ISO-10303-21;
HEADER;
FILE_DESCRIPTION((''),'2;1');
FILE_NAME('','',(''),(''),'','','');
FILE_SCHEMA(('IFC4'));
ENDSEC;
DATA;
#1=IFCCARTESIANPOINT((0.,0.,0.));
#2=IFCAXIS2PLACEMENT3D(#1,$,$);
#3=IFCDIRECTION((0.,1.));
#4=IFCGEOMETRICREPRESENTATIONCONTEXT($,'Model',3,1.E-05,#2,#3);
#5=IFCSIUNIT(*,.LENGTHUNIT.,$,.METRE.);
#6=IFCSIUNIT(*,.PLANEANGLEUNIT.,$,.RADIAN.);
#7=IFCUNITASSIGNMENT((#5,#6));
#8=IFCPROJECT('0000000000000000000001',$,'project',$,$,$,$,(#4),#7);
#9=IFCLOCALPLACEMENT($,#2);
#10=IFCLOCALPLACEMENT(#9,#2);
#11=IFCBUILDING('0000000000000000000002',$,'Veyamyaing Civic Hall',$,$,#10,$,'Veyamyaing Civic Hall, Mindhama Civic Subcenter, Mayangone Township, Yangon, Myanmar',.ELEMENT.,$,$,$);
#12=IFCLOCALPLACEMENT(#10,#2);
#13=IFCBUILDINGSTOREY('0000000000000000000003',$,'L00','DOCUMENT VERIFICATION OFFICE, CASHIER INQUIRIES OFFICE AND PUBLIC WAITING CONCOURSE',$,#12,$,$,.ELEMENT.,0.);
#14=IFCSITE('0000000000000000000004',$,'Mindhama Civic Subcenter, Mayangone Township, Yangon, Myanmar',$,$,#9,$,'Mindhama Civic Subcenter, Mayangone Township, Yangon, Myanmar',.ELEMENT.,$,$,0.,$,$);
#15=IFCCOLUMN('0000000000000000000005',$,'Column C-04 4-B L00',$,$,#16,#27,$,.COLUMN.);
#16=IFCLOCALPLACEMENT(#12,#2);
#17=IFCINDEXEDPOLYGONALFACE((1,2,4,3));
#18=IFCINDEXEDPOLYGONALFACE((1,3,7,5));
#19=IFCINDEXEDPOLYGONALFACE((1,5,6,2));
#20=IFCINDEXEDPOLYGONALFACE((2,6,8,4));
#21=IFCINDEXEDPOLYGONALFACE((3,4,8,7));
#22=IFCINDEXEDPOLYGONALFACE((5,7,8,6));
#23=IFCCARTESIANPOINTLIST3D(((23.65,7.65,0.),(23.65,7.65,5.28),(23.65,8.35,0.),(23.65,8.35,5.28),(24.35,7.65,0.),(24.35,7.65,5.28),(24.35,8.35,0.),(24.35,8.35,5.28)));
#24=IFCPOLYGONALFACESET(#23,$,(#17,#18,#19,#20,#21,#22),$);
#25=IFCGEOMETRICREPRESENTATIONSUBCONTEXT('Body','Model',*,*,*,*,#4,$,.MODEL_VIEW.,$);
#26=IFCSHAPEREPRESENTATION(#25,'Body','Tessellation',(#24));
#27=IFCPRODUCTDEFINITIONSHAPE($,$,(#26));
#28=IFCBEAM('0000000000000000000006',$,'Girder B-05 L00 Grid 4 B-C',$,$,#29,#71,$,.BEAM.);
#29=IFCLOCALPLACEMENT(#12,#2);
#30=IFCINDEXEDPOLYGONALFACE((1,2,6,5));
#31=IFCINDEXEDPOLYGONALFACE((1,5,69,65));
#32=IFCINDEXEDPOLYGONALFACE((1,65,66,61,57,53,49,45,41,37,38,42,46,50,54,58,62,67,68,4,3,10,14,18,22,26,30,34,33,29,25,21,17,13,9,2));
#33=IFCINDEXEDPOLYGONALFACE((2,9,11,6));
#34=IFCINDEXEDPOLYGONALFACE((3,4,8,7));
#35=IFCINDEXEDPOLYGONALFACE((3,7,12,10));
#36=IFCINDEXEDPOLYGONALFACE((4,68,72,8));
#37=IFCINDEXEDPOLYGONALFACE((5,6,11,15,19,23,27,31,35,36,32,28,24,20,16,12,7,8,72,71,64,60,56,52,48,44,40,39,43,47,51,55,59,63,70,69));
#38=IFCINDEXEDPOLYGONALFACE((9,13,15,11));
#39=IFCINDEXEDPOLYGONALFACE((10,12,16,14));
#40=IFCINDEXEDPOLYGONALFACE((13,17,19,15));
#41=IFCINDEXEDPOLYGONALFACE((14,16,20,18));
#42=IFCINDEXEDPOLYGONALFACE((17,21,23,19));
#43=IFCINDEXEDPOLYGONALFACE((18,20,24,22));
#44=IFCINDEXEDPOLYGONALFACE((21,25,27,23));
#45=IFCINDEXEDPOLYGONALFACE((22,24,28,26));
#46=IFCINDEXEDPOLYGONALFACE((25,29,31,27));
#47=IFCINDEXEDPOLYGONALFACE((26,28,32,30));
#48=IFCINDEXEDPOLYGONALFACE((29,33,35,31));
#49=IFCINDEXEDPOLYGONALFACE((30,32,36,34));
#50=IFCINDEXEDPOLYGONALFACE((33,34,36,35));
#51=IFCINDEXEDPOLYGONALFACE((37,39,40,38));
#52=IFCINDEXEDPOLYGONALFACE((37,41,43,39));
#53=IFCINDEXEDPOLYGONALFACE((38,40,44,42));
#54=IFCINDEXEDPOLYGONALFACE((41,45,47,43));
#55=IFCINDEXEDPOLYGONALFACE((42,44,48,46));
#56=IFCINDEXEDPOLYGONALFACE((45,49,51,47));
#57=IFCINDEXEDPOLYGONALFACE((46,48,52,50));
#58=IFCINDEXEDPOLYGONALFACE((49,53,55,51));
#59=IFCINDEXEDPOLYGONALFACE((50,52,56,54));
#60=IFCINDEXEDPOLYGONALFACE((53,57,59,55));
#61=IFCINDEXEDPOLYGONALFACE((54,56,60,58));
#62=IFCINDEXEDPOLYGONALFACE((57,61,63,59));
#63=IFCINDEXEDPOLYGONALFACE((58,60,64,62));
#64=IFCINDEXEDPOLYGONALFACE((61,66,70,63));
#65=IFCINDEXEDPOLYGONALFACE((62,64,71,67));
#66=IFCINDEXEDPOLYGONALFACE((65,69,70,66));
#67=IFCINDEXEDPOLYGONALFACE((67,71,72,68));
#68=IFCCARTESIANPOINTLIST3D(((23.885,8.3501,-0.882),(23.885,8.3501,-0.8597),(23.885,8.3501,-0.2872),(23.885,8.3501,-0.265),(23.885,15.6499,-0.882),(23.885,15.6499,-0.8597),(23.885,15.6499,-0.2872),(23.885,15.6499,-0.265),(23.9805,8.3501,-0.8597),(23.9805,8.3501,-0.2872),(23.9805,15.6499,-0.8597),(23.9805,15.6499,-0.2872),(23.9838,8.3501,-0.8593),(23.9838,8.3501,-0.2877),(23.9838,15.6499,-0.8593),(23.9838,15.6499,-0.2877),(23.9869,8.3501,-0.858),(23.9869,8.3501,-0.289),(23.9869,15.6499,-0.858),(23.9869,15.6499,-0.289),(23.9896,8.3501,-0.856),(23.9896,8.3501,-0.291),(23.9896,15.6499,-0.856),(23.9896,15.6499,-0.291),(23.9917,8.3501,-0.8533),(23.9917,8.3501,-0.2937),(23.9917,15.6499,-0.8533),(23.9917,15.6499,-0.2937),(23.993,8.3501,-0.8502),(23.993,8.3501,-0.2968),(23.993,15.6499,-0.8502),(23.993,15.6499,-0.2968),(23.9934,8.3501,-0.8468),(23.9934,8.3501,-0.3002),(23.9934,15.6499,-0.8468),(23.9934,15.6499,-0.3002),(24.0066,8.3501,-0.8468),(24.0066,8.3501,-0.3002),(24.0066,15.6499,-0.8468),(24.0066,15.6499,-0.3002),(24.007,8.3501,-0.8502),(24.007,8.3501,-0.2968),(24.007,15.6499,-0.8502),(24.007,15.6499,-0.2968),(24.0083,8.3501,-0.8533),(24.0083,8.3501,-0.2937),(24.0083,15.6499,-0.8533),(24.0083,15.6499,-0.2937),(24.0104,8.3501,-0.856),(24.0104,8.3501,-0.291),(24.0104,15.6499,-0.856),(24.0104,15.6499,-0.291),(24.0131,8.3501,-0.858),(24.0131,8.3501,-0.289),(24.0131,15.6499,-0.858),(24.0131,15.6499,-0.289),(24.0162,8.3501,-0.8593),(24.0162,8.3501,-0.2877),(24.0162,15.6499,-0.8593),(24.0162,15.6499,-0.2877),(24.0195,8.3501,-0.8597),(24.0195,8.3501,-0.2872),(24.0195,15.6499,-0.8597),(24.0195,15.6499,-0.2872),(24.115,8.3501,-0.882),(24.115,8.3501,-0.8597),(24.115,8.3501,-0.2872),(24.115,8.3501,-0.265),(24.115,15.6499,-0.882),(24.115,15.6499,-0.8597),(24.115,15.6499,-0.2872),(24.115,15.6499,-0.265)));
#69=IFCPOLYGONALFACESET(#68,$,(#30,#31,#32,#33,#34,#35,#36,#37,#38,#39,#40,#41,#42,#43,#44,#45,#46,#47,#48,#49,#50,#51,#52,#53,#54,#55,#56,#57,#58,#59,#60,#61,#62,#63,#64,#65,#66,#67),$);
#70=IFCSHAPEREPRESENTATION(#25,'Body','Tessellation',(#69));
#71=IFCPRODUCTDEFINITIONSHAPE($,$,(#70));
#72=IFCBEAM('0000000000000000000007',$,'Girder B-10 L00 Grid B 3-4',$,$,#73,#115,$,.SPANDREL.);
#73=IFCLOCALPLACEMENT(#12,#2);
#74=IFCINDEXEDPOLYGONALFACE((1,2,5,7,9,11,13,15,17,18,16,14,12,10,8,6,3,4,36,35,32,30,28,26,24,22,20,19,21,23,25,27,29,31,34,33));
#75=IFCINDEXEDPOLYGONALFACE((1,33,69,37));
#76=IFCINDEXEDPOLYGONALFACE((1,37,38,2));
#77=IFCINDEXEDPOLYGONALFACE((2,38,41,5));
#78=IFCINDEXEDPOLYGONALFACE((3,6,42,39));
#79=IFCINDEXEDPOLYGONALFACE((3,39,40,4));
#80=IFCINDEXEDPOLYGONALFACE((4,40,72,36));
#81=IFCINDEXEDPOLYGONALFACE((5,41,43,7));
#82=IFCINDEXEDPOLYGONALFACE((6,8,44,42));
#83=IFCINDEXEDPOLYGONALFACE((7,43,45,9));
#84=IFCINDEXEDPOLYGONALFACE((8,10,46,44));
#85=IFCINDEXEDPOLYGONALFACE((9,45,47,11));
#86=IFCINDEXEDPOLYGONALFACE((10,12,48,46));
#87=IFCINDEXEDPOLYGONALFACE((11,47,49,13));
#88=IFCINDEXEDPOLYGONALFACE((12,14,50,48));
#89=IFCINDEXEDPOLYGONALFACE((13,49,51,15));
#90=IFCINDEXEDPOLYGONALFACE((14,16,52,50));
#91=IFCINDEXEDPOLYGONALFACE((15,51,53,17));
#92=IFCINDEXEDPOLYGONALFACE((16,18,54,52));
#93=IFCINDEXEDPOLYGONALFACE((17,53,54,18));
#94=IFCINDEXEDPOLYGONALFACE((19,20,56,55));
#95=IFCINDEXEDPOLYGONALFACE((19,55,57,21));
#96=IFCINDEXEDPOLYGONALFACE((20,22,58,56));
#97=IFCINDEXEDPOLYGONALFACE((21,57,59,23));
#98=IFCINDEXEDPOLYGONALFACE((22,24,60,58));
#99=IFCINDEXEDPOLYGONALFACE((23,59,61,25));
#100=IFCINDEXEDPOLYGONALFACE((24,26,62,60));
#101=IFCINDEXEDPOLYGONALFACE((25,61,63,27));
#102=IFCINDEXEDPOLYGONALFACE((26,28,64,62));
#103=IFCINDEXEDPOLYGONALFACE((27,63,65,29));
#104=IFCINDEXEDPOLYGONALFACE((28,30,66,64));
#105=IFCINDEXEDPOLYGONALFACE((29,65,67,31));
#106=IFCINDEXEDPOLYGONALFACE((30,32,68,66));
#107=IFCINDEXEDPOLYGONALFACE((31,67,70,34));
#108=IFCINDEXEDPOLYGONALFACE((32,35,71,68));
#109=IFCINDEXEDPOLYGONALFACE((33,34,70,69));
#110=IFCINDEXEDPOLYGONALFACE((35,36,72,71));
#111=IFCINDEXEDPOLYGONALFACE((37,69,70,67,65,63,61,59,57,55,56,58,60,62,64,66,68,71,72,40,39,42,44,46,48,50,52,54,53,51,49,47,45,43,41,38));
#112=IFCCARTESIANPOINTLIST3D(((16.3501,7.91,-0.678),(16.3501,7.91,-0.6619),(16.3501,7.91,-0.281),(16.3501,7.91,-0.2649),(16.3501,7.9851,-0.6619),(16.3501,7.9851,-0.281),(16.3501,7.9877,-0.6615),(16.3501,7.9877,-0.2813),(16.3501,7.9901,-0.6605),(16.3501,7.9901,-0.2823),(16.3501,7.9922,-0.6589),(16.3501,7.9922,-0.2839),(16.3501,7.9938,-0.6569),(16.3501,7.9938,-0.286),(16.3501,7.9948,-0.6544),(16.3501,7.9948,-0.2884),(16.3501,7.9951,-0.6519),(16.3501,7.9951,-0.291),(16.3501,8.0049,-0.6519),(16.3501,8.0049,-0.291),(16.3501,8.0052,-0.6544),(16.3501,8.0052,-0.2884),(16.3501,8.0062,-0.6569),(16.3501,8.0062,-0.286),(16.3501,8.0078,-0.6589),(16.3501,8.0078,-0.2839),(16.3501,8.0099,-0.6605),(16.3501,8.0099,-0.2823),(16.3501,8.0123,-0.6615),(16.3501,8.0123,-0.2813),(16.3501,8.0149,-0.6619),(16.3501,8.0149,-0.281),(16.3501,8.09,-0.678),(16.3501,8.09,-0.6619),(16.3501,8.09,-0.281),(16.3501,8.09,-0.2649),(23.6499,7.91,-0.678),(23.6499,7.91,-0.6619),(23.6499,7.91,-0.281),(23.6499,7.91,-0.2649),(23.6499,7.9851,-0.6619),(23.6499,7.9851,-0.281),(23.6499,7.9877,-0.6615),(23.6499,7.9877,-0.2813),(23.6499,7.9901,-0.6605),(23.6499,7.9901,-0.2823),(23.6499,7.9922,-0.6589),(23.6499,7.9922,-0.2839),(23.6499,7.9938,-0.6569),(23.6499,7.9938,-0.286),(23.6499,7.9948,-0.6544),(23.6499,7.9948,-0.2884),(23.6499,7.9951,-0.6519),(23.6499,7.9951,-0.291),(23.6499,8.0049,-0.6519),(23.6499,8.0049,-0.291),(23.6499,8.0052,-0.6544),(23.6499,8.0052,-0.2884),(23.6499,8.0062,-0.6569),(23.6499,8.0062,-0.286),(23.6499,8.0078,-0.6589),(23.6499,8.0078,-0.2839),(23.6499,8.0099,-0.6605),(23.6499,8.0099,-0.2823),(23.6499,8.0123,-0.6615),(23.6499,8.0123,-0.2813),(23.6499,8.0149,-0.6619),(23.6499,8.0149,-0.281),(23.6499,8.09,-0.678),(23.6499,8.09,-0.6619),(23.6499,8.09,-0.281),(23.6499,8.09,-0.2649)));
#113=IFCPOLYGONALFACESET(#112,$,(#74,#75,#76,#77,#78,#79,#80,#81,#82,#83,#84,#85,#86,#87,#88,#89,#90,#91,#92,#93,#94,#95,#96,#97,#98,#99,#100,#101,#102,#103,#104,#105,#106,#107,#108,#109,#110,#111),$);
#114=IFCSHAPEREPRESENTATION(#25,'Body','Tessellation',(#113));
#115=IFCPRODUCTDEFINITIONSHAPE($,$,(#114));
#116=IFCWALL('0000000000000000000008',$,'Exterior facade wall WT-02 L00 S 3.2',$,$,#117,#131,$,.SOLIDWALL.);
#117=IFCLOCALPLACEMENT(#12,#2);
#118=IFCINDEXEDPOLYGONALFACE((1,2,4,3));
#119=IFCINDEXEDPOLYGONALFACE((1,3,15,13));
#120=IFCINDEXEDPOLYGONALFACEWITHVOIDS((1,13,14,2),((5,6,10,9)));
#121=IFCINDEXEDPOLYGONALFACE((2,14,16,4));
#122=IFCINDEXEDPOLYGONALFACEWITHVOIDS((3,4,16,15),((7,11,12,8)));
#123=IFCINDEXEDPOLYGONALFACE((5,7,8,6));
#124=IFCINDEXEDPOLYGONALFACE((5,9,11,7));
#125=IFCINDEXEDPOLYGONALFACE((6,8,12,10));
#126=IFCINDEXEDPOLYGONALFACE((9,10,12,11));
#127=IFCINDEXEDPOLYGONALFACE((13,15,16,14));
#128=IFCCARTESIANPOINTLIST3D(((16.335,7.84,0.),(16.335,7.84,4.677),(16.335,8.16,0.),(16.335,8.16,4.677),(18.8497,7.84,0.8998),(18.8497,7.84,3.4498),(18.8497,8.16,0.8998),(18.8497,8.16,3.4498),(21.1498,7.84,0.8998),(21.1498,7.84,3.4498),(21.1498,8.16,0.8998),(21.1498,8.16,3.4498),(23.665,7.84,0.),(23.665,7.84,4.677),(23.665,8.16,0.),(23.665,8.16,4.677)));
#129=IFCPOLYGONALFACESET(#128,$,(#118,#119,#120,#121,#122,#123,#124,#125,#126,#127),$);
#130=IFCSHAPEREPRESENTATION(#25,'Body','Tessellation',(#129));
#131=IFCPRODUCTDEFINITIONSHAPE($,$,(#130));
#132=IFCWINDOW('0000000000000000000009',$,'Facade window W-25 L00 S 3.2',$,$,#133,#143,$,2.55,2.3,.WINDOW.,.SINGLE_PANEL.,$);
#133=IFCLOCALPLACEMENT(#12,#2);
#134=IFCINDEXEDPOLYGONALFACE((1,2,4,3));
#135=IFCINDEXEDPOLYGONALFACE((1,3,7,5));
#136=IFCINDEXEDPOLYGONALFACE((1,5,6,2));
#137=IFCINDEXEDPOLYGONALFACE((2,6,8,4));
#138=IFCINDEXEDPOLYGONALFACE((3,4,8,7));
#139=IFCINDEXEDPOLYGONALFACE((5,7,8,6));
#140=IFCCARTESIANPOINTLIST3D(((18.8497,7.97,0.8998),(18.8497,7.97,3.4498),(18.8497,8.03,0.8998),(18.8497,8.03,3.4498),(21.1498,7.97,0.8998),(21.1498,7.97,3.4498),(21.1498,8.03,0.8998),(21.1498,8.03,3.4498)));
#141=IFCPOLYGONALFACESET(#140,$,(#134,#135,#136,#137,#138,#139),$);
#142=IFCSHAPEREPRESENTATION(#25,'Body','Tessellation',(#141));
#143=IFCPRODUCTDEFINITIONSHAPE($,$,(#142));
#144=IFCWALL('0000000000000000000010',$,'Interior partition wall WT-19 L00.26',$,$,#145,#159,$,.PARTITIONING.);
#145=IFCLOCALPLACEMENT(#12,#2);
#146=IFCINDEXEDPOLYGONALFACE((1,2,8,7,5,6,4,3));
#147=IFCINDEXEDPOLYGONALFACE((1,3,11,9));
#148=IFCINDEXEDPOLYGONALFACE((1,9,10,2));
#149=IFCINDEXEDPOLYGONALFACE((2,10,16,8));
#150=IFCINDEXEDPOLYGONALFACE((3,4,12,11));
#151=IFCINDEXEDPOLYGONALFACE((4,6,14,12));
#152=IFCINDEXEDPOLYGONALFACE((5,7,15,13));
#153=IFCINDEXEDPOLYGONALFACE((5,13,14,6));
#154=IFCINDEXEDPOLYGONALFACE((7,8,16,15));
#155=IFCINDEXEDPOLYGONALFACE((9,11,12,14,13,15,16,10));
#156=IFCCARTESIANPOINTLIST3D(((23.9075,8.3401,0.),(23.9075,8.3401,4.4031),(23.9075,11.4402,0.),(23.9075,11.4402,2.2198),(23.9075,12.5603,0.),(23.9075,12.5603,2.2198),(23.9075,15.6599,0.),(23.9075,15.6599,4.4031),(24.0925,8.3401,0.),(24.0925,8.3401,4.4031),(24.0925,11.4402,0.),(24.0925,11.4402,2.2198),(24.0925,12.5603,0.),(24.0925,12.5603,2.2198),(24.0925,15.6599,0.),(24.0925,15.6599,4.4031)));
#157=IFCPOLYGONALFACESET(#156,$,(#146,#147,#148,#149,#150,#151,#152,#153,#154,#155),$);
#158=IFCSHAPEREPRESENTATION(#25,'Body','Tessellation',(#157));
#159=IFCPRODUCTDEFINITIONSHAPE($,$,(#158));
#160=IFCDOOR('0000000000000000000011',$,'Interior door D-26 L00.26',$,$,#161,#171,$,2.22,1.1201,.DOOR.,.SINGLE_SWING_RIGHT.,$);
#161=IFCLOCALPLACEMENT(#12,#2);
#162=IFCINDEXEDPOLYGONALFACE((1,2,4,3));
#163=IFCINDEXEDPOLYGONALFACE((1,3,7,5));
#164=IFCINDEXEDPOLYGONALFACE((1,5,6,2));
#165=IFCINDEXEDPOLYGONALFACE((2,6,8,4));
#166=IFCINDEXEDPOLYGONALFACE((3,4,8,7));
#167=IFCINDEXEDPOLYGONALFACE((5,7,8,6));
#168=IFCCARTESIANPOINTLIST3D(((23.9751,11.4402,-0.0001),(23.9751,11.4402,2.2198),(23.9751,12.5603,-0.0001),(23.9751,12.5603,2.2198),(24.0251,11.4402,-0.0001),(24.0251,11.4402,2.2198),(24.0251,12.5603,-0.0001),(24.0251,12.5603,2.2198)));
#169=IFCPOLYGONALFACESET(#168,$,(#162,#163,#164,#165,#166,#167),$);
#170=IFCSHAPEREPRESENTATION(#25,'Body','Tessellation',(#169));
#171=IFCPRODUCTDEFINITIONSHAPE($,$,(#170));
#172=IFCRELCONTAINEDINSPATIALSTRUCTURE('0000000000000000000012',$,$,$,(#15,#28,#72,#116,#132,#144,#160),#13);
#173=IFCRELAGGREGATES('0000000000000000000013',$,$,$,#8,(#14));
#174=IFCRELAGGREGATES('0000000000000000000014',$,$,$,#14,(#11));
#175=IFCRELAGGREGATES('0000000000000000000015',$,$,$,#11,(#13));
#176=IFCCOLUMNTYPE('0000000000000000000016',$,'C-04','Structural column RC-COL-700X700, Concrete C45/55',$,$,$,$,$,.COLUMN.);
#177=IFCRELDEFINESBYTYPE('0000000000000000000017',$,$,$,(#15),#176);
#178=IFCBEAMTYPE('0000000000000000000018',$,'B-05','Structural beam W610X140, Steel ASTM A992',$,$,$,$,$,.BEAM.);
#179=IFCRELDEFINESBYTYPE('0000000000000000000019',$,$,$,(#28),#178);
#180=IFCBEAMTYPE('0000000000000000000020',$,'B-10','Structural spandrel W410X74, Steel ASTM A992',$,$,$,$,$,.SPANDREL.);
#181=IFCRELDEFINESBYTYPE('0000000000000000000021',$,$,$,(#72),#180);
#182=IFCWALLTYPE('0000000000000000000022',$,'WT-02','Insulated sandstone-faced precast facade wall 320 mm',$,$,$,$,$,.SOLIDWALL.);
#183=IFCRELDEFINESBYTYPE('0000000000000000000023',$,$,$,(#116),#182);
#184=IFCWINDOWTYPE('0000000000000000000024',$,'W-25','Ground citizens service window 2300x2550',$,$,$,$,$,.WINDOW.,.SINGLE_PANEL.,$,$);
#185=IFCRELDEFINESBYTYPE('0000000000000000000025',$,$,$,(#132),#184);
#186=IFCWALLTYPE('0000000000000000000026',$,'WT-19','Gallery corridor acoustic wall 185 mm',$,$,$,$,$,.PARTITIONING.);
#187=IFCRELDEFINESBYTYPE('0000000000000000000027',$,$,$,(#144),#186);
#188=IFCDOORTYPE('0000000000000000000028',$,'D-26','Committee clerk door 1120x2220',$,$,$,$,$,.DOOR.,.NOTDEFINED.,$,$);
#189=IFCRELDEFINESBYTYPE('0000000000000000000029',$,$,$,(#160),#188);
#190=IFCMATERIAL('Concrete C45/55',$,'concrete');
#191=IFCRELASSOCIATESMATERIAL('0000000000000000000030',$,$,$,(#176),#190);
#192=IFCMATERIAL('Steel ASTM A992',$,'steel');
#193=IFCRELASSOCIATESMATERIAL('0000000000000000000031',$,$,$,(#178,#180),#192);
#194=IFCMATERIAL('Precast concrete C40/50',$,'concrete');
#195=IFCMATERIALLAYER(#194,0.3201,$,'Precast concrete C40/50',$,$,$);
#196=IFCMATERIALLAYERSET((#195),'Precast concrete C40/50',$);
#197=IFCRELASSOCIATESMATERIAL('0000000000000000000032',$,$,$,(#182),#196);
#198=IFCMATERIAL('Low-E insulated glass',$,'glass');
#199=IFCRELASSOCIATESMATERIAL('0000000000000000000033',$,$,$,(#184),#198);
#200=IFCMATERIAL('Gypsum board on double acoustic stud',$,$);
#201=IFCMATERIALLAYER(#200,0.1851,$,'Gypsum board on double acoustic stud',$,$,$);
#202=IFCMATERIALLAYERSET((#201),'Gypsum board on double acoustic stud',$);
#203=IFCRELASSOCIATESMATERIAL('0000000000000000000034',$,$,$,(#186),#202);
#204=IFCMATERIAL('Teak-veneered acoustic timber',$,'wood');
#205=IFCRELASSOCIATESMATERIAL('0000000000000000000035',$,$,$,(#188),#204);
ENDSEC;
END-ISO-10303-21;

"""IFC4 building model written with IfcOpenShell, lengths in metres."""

from ifc_helpers import new_model, si_unit, direction, frame, frame_2d, origin, origin_2d, place, context, subcontext, project, spatial, rectangle, i_section, extrude, material, layer, layer_set, material_profile, profile_set, type_object, element, fill, save


model = new_model("IFC4")

# Units and contexts
model_context = context("Model", 3, precision=1e-05, world=origin(), true_north=direction((0.0, 1.0)))
body_context = subcontext(model_context, "Body", "Model", "MODEL_VIEW")
ifc_project = project(units=[si_unit("LENGTHUNIT", "METRE"), si_unit("PLANEANGLEUNIT", "RADIAN")], contexts=[model_context])

# Site, building, storey
site_placement = place(None, origin())
site = spatial("IfcSite", under=ifc_project, at=site_placement, Name="Mindhama Civic Subcenter, Mayangone Township, Yangon, Myanmar", LongName="Mindhama Civic Subcenter, Mayangone Township, Yangon, Myanmar", CompositionType="ELEMENT", RefElevation=0.0)
building_placement = place(site_placement, origin())
building = spatial("IfcBuilding", under=site, at=building_placement, Name="Veyamyaing Civic Hall", LongName="Veyamyaing Civic Hall, Mindhama Civic Subcenter, Mayangone Township, Yangon, Myanmar", CompositionType="ELEMENT")
storey_placement = place(building_placement, origin())
storey = spatial("IfcBuildingStorey", under=building, at=storey_placement, Name="L00", Description="DOCUMENT VERIFICATION OFFICE, CASHIER INQUIRIES OFFICE AND PUBLIC WAITING CONCOURSE", CompositionType="ELEMENT", Elevation=0.0)

# Column
ifc_material_1 = material(Name="Concrete C45/55", Category="concrete")
ifc_material_profile_1 = material_profile(ifc_material_1, rectangle(XDim=0.7, YDim=0.7, at=origin_2d()), Name="RC-COL-700X700")
ifc_profile_set_1 = profile_set([ifc_material_profile_1], Name="Concrete C45/55")
column_type = type_object("IfcColumnType", Name="C-04", Description="Structural column RC-COL-700X700, Concrete C45/55", PredefinedType="COLUMN", material=ifc_profile_set_1)
column_placement = place(storey_placement, frame((24.0, 8.0, 0.0), z_axis=(0.0, 0.0, 1.0), x_axis=(1.0, 0.0, 0.0)))
element("IfcColumn", 1, at=column_placement, inside=storey, type_object=column_type, Name="Column C-04 4-B L00", PredefinedType="COLUMN", context=body_context, shape_type="SweptSolid", body=[
    extrude(rectangle(XDim=0.7, YDim=0.7, at=origin_2d()), origin(), (0.0, 0.0, 1.0), 5.28),
])

# Beams
ifc_material_2 = material(Name="Steel ASTM A992", Category="steel")
ifc_material_profile_2 = material_profile(ifc_material_2, i_section(OverallWidth=0.23, OverallDepth=0.6169, WebThickness=0.0132, FlangeThickness=0.0222, FilletRadius=0.0129, at=origin_2d()), Name="W610X140")
ifc_profile_set_2 = profile_set([ifc_material_profile_2], Name="Steel ASTM A992")
beam_type_1 = type_object("IfcBeamType", Name="B-05", Description="Structural beam W610X140, Steel ASTM A992", PredefinedType="BEAM", material=ifc_profile_set_2)
beam_1_placement = place(storey_placement, frame((24.0, 8.3501, -0.5735), z_axis=(0.0, 1.0, 0.0), x_axis=(-1.0, 0.0, 0.0)))
element("IfcBeam", 2, at=beam_1_placement, inside=storey, type_object=beam_type_1, Name="Girder B-05 L00 Grid 4 B-C", PredefinedType="BEAM", context=body_context, shape_type="SweptSolid", body=[
    extrude(i_section(OverallWidth=0.23, OverallDepth=0.6169, WebThickness=0.0132, FlangeThickness=0.0222, FilletRadius=0.0129, at=origin_2d()), origin(), (0.0, 0.0, 1.0), 7.2998),
])
ifc_material_profile_3 = material_profile(ifc_material_2, i_section(OverallWidth=0.1799, OverallDepth=0.4131, WebThickness=0.0098, FlangeThickness=0.0161, FilletRadius=0.01, at=origin_2d()), Name="W410X74")
ifc_profile_set_3 = profile_set([ifc_material_profile_3], Name="Steel ASTM A992")
beam_type_2 = type_object("IfcBeamType", Name="B-10", Description="Structural spandrel W410X74, Steel ASTM A992", PredefinedType="SPANDREL", material=ifc_profile_set_3)
beam_2_placement = place(storey_placement, frame((16.3501, 8.0, -0.4714), z_axis=(1.0, 0.0, 0.0), x_axis=(0.0, 1.0, 0.0)))
element("IfcBeam", 3, at=beam_2_placement, inside=storey, type_object=beam_type_2, Name="Girder B-10 L00 Grid B 3-4", PredefinedType="SPANDREL", context=body_context, shape_type="SweptSolid", body=[
    extrude(i_section(OverallWidth=0.1799, OverallDepth=0.4131, WebThickness=0.0098, FlangeThickness=0.0161, FilletRadius=0.01, at=origin_2d()), origin(), (0.0, 0.0, 1.0), 7.2998),
])

# Wall, opening, window
ifc_material_3 = material(Name="Precast concrete C40/50", Category="concrete")
ifc_layer_1 = layer(ifc_material_3, 0.3201, Name="Precast concrete C40/50")
ifc_layer_set_1 = layer_set([ifc_layer_1], Name="Precast concrete C40/50")
wall_type_1 = type_object("IfcWallType", Name="WT-02", Description="Insulated sandstone-faced precast facade wall 320 mm", PredefinedType="SOLIDWALL", material=ifc_layer_set_1)
wall_1_placement = place(storey_placement, frame((16.335, 8.0, 0.0), z_axis=(0.0, 0.0, 1.0), x_axis=(1.0, 0.0, 0.0)))
wall_1 = element("IfcWall", 4, at=wall_1_placement, inside=storey, type_object=wall_type_1, Name="Exterior facade wall WT-02 L00 S 3.2", PredefinedType="SOLIDWALL", context=body_context, shape_type="SweptSolid", body=[
    extrude(rectangle(XDim=7.3301, YDim=0.3201, at=frame_2d((3.665, 0.0))), origin(), (0.0, 0.0, 1.0), 4.677),
])
opening_1_placement = place(wall_1_placement, frame((2.5149, 0.0, 0.8999)))
opening_1 = element("IfcOpeningElement", 5, at=opening_1_placement, cuts=wall_1, PredefinedType="OPENING", context=body_context, shape_type="SweptSolid", body=[
    extrude(rectangle(XDim=2.3, YDim=2.55, at=frame_2d((1.1499, 1.2749))), frame((0.0, 0.1699, 0.0), z_axis=(0.0, -1.0, 0.0), x_axis=(1.0, 0.0, 0.0)), (0.0, 0.0, 1.0), 0.3401),
])
ifc_material_4 = material(Name="Low-E insulated glass", Category="glass")
window_type = type_object("IfcWindowType", Name="W-25", Description="Ground citizens service window 2300x2550", PartitioningType="SINGLE_PANEL", PredefinedType="WINDOW", material=ifc_material_4)
window_placement = place(opening_1_placement, origin())
window = element("IfcWindow", 6, at=window_placement, inside=storey, type_object=window_type, Name="Facade window W-25 L00 S 3.2", OverallHeight=2.55, OverallWidth=2.3, PartitioningType="SINGLE_PANEL", PredefinedType="WINDOW", context=body_context, shape_type="SweptSolid", body=[
    extrude(rectangle(XDim=2.3, YDim=2.55, at=frame_2d((1.1499, 1.2749))), frame((0.0, 0.03, 0.0), z_axis=(0.0, -1.0, 0.0), x_axis=(1.0, 0.0, 0.0)), (0.0, 0.0, 1.0), 0.0601),
])
fill(opening_1, window)

# Wall, opening, door
ifc_material_5 = material(Name="Gypsum board on double acoustic stud")
ifc_layer_2 = layer(ifc_material_5, 0.1851, Name="Gypsum board on double acoustic stud")
ifc_layer_set_2 = layer_set([ifc_layer_2], Name="Gypsum board on double acoustic stud")
wall_type_2 = type_object("IfcWallType", Name="WT-19", Description="Gallery corridor acoustic wall 185 mm", PredefinedType="PARTITIONING", material=ifc_layer_set_2)
wall_2_placement = place(storey_placement, frame((24.0, 8.3401, 0.0), z_axis=(0.0, 0.0, 1.0), x_axis=(0.0, 1.0, 0.0)))
wall_2 = element("IfcWall", 7, at=wall_2_placement, inside=storey, type_object=wall_type_2, Name="Interior partition wall WT-19 L00.26", PredefinedType="PARTITIONING", context=body_context, shape_type="SweptSolid", body=[
    extrude(rectangle(XDim=7.3198, YDim=0.1851, at=frame_2d((3.6599, 0.0))), origin(), (0.0, 0.0, 1.0), 4.4031),
])
opening_2_placement = place(wall_2_placement, frame((3.1001, 0.0, 0.0)))
opening_2 = element("IfcOpeningElement", 8, at=opening_2_placement, cuts=wall_2, PredefinedType="OPENING", context=body_context, shape_type="SweptSolid", body=[
    extrude(rectangle(XDim=1.1201, YDim=2.22, at=frame_2d((0.5601, 1.1099))), frame((0.0, 0.1025, 0.0), z_axis=(0.0, -1.0, 0.0), x_axis=(1.0, 0.0, 0.0)), (0.0, 0.0, 1.0), 0.2051),
])
ifc_material_6 = material(Name="Teak-veneered acoustic timber", Category="wood")
door_type = type_object("IfcDoorType", Name="D-26", Description="Committee clerk door 1120x2220", OperationType="NOTDEFINED", PredefinedType="DOOR", material=ifc_material_6)
door_placement = place(opening_2_placement, origin())
door = element("IfcDoor", 9, at=door_placement, inside=storey, type_object=door_type, Name="Interior door D-26 L00.26", OperationType="SINGLE_SWING_RIGHT", OverallHeight=2.22, OverallWidth=1.1201, PredefinedType="DOOR", context=body_context, shape_type="SweptSolid", body=[
    extrude(rectangle(XDim=1.1201, YDim=2.22, at=frame_2d((0.5601, 1.1099))), frame((0.0, 0.0249, 0.0), z_axis=(0.0, -1.0, 0.0), x_axis=(1.0, 0.0, 0.0)), (0.0, 0.0, 1.0), 0.05),
])
fill(opening_2, door)

save(model, "model.ifc")
